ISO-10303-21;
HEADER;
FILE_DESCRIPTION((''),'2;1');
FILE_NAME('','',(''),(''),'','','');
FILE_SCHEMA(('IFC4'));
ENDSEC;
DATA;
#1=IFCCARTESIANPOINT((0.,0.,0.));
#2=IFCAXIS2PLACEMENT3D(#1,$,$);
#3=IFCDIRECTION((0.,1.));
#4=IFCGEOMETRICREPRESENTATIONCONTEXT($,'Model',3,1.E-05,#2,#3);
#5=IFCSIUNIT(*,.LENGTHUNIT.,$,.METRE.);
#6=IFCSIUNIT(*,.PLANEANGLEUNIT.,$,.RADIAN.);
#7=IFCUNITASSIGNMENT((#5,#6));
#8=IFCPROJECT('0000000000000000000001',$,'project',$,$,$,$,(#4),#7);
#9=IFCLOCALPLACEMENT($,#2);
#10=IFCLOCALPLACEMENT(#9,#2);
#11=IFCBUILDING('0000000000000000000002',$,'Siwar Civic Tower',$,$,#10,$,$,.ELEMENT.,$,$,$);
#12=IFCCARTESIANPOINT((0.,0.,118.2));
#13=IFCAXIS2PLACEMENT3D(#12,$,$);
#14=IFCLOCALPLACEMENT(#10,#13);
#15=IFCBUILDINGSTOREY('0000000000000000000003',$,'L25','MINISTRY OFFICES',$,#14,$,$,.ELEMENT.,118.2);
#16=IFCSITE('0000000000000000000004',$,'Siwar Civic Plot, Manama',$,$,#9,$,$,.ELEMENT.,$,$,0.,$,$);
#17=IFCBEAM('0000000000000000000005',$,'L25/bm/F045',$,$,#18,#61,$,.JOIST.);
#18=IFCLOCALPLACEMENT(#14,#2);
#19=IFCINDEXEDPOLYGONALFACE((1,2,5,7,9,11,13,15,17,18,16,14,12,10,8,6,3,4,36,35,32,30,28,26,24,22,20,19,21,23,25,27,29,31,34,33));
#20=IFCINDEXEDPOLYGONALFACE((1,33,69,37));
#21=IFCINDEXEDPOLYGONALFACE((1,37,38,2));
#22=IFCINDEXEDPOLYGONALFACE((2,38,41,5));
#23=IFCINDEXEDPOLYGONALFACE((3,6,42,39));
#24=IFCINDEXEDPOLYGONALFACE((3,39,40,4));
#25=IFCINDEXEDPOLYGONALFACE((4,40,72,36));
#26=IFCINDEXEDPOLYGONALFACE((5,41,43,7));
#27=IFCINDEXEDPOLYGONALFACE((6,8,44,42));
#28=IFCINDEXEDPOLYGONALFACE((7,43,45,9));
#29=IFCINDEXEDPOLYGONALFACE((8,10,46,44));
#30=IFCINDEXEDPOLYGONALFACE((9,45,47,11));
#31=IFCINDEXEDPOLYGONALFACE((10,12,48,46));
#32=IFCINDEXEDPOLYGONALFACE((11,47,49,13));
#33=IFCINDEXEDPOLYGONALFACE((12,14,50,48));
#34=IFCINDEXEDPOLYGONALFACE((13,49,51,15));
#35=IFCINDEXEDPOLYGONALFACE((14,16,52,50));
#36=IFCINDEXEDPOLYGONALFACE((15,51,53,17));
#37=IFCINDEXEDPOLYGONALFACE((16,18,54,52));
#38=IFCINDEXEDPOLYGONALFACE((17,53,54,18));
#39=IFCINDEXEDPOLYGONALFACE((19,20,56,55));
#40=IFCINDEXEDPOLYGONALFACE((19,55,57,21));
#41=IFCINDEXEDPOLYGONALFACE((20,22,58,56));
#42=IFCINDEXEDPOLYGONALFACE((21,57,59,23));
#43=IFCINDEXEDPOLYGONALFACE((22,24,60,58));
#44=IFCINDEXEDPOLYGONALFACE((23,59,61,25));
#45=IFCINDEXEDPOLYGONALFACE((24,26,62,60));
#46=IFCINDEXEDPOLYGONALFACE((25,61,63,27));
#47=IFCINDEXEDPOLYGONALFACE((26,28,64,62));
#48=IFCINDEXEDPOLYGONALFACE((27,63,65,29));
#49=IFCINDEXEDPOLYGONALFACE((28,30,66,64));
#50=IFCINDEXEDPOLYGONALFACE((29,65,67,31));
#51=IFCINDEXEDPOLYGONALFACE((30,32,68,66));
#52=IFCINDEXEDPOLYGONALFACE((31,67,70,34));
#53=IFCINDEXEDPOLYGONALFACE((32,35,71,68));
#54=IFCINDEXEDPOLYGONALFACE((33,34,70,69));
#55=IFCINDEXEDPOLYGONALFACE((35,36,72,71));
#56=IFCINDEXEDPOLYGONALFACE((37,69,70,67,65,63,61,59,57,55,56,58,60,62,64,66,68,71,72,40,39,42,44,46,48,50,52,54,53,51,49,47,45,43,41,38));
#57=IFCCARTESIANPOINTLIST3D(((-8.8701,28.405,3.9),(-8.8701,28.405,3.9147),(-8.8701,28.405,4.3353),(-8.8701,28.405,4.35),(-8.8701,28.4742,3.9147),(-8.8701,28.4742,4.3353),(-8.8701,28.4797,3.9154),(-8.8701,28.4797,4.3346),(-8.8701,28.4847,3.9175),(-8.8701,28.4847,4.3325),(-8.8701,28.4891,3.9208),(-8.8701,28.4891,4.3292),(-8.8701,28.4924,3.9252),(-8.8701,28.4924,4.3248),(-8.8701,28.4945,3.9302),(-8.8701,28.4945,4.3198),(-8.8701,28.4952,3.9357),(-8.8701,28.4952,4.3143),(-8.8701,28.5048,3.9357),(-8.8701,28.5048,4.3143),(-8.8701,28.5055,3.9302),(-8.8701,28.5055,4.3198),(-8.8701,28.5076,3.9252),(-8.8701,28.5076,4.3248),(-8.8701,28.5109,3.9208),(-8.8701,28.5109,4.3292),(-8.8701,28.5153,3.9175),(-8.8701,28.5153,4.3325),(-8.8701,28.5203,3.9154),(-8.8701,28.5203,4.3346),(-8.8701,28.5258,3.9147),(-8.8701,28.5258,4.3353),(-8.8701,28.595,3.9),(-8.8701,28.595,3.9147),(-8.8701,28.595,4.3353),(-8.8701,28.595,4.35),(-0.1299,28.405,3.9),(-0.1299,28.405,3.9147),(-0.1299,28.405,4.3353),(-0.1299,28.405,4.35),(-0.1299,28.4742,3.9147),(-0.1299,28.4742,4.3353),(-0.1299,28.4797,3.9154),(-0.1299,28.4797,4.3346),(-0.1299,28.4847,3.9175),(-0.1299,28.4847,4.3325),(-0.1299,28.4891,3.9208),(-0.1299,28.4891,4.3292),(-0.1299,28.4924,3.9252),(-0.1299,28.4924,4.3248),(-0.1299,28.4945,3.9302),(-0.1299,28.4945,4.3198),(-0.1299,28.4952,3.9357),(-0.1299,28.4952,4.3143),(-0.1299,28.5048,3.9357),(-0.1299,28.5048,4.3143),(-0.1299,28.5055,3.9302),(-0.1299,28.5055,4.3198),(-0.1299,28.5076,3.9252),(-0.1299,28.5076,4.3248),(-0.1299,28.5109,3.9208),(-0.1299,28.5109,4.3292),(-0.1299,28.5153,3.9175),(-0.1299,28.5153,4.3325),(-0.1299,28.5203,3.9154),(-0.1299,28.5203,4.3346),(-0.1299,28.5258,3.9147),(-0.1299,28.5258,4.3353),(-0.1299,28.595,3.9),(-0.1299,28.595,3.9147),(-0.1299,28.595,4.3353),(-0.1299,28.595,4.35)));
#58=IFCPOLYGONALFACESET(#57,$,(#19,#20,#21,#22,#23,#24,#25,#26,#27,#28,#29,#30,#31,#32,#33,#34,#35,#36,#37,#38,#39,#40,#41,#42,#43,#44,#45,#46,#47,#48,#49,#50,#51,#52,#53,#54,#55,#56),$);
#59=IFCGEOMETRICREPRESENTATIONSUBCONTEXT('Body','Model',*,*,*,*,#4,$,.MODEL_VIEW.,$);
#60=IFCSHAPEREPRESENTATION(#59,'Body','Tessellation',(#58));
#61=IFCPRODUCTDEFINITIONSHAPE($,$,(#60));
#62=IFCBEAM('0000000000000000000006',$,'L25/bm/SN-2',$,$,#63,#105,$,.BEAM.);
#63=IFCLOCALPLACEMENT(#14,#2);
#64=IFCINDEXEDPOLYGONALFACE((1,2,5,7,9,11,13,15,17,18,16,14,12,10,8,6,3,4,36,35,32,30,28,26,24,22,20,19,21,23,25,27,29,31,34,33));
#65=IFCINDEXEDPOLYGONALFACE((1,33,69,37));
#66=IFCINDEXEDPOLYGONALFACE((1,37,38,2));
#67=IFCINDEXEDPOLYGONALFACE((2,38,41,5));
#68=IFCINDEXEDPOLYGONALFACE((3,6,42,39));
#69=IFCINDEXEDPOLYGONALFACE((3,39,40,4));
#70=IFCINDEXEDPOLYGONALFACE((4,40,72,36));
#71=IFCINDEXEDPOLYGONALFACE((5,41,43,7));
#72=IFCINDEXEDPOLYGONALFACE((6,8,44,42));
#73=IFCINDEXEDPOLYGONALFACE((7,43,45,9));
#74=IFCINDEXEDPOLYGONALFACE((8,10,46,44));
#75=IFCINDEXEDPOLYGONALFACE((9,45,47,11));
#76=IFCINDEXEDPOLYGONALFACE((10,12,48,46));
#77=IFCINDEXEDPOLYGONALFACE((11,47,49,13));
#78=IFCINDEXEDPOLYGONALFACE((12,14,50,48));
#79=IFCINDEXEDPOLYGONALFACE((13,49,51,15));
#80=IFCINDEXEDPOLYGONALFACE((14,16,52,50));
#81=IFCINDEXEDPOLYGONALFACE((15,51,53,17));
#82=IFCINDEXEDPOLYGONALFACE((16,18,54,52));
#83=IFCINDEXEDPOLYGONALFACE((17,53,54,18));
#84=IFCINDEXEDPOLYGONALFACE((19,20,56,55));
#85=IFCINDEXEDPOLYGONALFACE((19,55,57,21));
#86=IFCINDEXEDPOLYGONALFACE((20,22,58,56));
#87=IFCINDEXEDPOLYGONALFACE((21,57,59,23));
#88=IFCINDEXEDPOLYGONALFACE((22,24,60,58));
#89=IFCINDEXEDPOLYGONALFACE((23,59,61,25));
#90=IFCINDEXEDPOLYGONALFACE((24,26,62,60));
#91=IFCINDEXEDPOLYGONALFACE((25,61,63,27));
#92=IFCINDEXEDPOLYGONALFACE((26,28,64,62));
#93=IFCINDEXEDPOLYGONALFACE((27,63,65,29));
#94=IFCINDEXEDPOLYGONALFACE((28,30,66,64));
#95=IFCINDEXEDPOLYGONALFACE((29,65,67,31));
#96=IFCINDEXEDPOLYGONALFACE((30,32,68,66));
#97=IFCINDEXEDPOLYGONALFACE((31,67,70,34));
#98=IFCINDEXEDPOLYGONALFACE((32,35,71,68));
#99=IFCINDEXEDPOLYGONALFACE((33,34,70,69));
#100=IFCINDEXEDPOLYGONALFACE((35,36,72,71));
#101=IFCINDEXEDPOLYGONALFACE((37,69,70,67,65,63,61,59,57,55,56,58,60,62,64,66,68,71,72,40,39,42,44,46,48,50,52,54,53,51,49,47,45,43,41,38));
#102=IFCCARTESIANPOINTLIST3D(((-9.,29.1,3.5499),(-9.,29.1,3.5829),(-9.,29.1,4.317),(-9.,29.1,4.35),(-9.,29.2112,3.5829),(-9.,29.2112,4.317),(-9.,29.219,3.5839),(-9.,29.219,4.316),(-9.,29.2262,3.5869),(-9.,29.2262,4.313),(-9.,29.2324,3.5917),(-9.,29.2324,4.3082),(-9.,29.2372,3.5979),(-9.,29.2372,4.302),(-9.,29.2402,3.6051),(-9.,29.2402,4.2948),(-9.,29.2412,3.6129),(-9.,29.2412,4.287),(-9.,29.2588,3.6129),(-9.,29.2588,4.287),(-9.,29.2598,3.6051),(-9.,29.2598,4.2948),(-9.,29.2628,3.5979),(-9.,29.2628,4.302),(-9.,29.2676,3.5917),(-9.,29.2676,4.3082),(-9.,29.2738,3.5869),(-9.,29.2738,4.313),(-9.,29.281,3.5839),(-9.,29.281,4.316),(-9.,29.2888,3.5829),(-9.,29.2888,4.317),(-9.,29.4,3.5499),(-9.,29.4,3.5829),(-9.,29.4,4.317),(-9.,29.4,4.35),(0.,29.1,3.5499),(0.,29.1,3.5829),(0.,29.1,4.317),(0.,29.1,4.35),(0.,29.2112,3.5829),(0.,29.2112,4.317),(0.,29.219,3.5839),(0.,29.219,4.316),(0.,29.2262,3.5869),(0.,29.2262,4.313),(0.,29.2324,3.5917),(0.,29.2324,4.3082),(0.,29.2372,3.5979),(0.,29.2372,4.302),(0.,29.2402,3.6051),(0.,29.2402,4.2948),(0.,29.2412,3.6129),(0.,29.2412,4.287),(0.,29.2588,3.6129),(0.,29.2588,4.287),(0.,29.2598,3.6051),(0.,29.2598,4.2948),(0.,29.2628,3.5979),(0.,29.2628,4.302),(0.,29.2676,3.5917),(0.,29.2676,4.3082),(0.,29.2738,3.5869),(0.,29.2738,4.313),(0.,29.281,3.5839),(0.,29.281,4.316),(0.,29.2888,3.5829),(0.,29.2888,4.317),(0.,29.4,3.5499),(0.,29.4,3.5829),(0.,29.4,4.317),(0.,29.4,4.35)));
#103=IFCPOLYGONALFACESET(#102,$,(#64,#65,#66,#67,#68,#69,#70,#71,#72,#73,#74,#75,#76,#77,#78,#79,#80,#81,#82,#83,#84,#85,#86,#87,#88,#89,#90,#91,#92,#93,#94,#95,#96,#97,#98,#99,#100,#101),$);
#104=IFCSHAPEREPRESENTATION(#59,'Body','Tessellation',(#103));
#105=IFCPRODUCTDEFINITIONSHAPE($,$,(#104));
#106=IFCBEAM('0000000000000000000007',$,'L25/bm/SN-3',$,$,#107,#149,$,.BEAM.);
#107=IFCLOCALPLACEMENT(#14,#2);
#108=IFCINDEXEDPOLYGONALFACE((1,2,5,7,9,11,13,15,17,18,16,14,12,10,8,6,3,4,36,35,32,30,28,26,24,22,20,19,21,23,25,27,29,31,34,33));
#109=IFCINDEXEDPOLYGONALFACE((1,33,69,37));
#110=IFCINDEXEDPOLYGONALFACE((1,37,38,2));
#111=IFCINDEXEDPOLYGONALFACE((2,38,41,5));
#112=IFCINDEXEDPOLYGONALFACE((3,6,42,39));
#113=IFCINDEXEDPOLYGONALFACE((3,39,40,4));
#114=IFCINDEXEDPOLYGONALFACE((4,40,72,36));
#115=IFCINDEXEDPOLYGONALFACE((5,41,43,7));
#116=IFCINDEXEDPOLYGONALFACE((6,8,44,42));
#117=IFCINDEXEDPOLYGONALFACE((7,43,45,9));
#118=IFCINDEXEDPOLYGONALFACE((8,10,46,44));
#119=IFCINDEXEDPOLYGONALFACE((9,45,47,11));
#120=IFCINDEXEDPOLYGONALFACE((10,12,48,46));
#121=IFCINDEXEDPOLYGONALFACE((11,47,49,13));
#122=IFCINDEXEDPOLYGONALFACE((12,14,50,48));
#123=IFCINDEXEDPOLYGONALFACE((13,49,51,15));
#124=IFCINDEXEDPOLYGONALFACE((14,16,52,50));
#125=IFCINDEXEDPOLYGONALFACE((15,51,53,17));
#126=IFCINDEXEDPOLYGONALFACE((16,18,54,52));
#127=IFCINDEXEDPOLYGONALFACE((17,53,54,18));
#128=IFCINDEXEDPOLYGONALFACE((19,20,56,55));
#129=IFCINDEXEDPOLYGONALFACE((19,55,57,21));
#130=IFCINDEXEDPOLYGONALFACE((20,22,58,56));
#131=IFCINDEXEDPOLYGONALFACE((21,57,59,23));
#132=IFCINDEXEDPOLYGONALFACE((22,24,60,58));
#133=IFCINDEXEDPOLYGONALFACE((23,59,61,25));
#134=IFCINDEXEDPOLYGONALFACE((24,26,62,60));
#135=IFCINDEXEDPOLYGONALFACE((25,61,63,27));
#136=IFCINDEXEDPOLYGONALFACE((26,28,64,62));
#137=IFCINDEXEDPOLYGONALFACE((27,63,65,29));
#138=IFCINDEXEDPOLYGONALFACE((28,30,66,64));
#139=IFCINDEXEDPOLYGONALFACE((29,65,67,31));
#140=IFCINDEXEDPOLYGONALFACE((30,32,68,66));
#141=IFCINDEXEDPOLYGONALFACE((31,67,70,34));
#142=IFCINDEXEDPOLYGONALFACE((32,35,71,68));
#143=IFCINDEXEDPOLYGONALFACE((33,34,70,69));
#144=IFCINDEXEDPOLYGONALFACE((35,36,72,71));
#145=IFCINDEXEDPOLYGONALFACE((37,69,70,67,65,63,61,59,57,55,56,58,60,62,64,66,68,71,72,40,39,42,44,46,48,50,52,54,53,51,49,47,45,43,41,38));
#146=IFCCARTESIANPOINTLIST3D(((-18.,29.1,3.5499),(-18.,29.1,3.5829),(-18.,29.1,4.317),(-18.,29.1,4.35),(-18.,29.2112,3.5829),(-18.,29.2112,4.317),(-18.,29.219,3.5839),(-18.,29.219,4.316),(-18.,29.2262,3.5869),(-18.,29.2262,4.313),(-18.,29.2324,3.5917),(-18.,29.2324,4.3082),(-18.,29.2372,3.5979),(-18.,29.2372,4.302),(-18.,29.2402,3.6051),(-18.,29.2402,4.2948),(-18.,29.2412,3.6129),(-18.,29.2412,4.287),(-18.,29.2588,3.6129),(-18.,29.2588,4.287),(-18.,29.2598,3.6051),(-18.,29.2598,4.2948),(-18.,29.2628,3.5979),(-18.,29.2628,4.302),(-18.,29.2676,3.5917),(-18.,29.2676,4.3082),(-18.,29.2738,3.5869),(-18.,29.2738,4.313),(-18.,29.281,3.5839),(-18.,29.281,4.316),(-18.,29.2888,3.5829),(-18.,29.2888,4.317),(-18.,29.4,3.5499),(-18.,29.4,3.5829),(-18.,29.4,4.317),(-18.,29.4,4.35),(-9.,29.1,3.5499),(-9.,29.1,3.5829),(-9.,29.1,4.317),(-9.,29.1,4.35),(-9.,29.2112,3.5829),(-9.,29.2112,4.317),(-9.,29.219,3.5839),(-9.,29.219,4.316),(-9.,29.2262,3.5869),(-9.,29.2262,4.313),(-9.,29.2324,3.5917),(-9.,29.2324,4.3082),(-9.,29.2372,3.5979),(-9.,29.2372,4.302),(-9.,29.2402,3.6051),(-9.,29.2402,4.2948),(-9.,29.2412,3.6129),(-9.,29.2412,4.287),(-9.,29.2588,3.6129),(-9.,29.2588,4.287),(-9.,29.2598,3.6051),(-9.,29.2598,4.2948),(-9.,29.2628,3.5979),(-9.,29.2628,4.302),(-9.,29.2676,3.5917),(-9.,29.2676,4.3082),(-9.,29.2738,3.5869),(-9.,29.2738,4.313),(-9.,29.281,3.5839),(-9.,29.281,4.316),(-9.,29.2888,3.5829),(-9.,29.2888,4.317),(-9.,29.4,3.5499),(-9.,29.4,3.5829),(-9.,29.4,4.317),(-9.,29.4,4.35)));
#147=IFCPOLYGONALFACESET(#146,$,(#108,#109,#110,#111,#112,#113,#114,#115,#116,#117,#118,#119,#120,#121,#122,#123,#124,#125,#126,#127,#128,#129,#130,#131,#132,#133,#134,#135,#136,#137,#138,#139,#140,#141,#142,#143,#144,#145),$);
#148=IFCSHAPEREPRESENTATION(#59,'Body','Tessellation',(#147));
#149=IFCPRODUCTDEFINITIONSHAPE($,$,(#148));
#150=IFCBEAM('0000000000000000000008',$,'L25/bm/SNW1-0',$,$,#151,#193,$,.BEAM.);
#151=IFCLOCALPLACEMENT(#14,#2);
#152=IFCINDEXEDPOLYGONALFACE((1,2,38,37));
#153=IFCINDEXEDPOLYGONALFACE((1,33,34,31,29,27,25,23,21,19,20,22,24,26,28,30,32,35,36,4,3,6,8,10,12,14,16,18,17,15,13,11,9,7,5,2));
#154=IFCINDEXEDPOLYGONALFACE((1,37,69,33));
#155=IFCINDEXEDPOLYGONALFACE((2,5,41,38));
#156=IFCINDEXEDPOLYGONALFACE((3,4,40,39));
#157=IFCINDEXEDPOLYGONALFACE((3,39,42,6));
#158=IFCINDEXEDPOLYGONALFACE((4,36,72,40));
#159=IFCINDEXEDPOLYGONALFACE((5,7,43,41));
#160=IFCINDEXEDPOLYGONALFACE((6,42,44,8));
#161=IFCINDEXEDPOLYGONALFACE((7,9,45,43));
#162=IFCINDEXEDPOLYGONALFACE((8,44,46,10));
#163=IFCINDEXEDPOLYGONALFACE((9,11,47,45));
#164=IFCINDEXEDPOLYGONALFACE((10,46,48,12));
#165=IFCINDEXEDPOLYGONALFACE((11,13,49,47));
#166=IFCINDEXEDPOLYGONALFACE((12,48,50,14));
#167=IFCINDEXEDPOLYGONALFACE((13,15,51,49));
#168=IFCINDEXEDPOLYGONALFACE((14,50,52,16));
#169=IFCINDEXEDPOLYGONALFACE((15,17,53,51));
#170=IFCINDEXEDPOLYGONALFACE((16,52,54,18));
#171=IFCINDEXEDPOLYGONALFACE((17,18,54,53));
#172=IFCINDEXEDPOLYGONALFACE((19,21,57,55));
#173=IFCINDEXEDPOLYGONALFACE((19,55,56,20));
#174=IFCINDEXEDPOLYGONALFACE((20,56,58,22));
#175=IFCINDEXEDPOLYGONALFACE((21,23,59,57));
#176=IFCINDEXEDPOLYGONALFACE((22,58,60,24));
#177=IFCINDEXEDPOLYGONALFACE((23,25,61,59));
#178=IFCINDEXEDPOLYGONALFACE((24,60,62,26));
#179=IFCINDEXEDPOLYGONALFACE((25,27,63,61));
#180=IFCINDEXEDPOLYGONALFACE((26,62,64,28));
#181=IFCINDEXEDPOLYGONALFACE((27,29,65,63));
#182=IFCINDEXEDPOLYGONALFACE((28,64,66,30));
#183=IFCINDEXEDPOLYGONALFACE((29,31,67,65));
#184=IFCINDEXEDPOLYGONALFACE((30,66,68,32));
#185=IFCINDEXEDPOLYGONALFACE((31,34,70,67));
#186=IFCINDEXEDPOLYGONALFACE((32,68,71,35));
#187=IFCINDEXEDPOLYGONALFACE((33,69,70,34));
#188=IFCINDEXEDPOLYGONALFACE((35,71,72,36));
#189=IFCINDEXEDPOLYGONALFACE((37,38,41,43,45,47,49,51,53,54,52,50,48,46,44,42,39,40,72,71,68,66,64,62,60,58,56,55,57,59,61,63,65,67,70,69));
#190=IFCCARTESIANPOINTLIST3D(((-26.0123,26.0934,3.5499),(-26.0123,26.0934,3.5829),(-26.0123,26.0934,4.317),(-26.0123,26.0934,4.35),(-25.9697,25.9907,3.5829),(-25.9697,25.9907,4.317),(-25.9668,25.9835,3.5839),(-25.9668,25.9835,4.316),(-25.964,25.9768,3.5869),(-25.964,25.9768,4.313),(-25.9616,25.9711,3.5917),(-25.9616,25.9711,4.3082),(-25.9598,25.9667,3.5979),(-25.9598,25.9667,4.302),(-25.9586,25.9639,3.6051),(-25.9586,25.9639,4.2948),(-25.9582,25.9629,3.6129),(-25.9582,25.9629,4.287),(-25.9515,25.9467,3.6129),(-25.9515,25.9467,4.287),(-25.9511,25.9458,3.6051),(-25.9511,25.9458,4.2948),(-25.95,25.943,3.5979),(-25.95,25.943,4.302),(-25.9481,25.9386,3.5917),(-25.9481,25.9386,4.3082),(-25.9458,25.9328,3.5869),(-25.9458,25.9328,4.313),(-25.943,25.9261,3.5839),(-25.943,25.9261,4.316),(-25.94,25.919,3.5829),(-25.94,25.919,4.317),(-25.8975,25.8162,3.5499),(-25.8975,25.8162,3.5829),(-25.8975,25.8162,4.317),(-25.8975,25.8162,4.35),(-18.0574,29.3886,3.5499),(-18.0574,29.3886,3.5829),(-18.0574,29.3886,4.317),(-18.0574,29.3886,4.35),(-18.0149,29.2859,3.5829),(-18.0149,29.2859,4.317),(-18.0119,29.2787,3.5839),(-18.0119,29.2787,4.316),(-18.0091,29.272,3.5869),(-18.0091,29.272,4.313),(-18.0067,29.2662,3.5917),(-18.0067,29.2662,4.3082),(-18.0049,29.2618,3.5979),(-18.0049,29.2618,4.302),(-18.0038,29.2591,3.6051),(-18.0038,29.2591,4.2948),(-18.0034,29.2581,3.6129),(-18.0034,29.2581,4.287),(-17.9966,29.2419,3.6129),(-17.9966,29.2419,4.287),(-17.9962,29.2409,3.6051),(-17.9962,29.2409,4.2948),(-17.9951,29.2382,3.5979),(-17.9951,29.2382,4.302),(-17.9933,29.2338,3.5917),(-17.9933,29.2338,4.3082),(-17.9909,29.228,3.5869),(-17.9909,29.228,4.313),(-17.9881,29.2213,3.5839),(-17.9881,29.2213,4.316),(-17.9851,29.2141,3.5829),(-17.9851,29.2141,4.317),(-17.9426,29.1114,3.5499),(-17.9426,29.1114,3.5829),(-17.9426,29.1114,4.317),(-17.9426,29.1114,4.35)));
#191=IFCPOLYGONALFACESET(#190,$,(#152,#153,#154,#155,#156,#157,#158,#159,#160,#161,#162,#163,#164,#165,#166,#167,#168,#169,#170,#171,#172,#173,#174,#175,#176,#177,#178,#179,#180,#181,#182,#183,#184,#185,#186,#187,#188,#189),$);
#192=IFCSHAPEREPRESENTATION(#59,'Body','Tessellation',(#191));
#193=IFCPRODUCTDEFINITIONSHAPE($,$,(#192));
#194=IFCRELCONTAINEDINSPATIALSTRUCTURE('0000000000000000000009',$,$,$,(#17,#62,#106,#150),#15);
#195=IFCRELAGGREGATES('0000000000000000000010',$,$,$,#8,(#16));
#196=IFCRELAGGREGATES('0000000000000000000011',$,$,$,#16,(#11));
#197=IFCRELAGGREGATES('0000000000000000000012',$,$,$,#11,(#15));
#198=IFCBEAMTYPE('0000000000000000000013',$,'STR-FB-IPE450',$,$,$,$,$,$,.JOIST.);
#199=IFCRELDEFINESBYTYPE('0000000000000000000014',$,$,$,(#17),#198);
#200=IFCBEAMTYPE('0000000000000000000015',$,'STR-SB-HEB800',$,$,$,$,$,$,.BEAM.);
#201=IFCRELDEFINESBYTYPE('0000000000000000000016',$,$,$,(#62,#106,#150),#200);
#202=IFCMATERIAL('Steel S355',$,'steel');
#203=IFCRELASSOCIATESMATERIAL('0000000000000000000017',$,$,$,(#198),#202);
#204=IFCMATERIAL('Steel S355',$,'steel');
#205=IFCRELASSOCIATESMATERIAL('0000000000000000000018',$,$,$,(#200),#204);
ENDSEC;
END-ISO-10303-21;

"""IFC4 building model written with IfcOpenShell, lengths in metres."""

from ifc_helpers import new_model, si_unit, direction, frame, origin, origin_2d, place, context, subcontext, project, spatial, i_section, extrude, material, material_profile, profile_set, type_object, element, save


model = new_model("IFC4")

# Units and contexts
model_context = context("Model", 3, precision=1e-05, world=origin(), true_north=direction((0.0, 1.0)))
body_context = subcontext(model_context, "Body", "Model", "MODEL_VIEW")
ifc_project = project(units=[si_unit("LENGTHUNIT", "METRE"), si_unit("PLANEANGLEUNIT", "RADIAN")], contexts=[model_context])

# Site, building, storey
site_placement = place(None, origin())
site = spatial("IfcSite", under=ifc_project, at=site_placement, Name="Siwar Civic Plot, Manama", CompositionType="ELEMENT", RefElevation=0.0)
building_placement = place(site_placement, origin())
building = spatial("IfcBuilding", under=site, at=building_placement, Name="Siwar Civic Tower", CompositionType="ELEMENT")
storey_placement = place(building_placement, frame((0.0, 0.0, 118.2)))
storey = spatial("IfcBuildingStorey", under=building, at=storey_placement, Name="L25", Description="MINISTRY OFFICES", CompositionType="ELEMENT", Elevation=118.2)

# Beams
ifc_material_1 = material(Name="Steel S355", Category="steel")
ifc_material_profile_1 = material_profile(ifc_material_1, i_section(OverallWidth=0.1899, OverallDepth=0.45, WebThickness=0.0095, FlangeThickness=0.0146, FilletRadius=0.021, at=origin_2d()), Name="IPE450")
ifc_profile_set_1 = profile_set([ifc_material_profile_1], Name="Steel S355")
beam_type_1 = type_object("IfcBeamType", Name="STR-FB-IPE450", PredefinedType="JOIST", material=ifc_profile_set_1)
for number, where, z_axis, x_axis, name in (
    (1, (-8.8701, 28.5, 4.125), (1.0, 0.0, 0.0), (0.0, 1.0, 0.0), "L25/bm/F045"),
):
    element("IfcBeam", number, at=place(storey_placement, frame(where, z_axis=z_axis, x_axis=x_axis)), inside=storey, type_object=beam_type_1, Name=name, PredefinedType="JOIST", context=body_context, shape_type="SweptSolid", body=[
        extrude(i_section(OverallWidth=0.1899, OverallDepth=0.45, WebThickness=0.0095, FlangeThickness=0.0146, FilletRadius=0.021, at=origin_2d()), origin(), (0.0, 0.0, 1.0), 8.7402),
    ])
ifc_material_2 = material(Name="Steel S355", Category="steel")
ifc_material_profile_2 = material_profile(ifc_material_2, i_section(OverallWidth=0.3, OverallDepth=0.8, WebThickness=0.0176, FlangeThickness=0.033, FilletRadius=0.03, at=origin_2d()), Name="HEB800")
ifc_profile_set_2 = profile_set([ifc_material_profile_2], Name="Steel S355")
beam_type_2 = type_object("IfcBeamType", Name="STR-SB-HEB800", PredefinedType="BEAM", material=ifc_profile_set_2)
for number, where, z_axis, x_axis, name in (
    (2, (0.0, 29.25, 3.95), (-1.0, 0.0, 0.0), (0.0, -1.0, 0.0), "L25/bm/SN-2"),
    (3, (-9.0, 29.25, 3.95), (-1.0, 0.0, 0.0), (0.0, -1.0, 0.0), "L25/bm/SN-3"),
):
    element("IfcBeam", number, at=place(storey_placement, frame(where, z_axis=z_axis, x_axis=x_axis)), inside=storey, type_object=beam_type_2, Name=name, PredefinedType="BEAM", context=body_context, shape_type="SweptSolid", body=[
        extrude(i_section(OverallWidth=0.3, OverallDepth=0.8, WebThickness=0.0176, FlangeThickness=0.033, FilletRadius=0.03, at=origin_2d()), origin(), (0.0, 0.0, 1.0), 9.0),
    ])
beam_placement = place(storey_placement, frame((-18.0, 29.25, 3.95), z_axis=(-0.923873, -0.3827, 0.0), x_axis=(0.3827, -0.923873, 0.0)))
element("IfcBeam", 4, at=beam_placement, inside=storey, type_object=beam_type_2, Name="L25/bm/SNW1-0", PredefinedType="BEAM", context=body_context, shape_type="SweptSolid", body=[
    extrude(i_section(OverallWidth=0.3, OverallDepth=0.8, WebThickness=0.0176, FlangeThickness=0.033, FilletRadius=0.03, at=origin_2d()), origin(), (0.0, 0.0, 1.0), 8.6104),
])

save(model, "model.ifc")
